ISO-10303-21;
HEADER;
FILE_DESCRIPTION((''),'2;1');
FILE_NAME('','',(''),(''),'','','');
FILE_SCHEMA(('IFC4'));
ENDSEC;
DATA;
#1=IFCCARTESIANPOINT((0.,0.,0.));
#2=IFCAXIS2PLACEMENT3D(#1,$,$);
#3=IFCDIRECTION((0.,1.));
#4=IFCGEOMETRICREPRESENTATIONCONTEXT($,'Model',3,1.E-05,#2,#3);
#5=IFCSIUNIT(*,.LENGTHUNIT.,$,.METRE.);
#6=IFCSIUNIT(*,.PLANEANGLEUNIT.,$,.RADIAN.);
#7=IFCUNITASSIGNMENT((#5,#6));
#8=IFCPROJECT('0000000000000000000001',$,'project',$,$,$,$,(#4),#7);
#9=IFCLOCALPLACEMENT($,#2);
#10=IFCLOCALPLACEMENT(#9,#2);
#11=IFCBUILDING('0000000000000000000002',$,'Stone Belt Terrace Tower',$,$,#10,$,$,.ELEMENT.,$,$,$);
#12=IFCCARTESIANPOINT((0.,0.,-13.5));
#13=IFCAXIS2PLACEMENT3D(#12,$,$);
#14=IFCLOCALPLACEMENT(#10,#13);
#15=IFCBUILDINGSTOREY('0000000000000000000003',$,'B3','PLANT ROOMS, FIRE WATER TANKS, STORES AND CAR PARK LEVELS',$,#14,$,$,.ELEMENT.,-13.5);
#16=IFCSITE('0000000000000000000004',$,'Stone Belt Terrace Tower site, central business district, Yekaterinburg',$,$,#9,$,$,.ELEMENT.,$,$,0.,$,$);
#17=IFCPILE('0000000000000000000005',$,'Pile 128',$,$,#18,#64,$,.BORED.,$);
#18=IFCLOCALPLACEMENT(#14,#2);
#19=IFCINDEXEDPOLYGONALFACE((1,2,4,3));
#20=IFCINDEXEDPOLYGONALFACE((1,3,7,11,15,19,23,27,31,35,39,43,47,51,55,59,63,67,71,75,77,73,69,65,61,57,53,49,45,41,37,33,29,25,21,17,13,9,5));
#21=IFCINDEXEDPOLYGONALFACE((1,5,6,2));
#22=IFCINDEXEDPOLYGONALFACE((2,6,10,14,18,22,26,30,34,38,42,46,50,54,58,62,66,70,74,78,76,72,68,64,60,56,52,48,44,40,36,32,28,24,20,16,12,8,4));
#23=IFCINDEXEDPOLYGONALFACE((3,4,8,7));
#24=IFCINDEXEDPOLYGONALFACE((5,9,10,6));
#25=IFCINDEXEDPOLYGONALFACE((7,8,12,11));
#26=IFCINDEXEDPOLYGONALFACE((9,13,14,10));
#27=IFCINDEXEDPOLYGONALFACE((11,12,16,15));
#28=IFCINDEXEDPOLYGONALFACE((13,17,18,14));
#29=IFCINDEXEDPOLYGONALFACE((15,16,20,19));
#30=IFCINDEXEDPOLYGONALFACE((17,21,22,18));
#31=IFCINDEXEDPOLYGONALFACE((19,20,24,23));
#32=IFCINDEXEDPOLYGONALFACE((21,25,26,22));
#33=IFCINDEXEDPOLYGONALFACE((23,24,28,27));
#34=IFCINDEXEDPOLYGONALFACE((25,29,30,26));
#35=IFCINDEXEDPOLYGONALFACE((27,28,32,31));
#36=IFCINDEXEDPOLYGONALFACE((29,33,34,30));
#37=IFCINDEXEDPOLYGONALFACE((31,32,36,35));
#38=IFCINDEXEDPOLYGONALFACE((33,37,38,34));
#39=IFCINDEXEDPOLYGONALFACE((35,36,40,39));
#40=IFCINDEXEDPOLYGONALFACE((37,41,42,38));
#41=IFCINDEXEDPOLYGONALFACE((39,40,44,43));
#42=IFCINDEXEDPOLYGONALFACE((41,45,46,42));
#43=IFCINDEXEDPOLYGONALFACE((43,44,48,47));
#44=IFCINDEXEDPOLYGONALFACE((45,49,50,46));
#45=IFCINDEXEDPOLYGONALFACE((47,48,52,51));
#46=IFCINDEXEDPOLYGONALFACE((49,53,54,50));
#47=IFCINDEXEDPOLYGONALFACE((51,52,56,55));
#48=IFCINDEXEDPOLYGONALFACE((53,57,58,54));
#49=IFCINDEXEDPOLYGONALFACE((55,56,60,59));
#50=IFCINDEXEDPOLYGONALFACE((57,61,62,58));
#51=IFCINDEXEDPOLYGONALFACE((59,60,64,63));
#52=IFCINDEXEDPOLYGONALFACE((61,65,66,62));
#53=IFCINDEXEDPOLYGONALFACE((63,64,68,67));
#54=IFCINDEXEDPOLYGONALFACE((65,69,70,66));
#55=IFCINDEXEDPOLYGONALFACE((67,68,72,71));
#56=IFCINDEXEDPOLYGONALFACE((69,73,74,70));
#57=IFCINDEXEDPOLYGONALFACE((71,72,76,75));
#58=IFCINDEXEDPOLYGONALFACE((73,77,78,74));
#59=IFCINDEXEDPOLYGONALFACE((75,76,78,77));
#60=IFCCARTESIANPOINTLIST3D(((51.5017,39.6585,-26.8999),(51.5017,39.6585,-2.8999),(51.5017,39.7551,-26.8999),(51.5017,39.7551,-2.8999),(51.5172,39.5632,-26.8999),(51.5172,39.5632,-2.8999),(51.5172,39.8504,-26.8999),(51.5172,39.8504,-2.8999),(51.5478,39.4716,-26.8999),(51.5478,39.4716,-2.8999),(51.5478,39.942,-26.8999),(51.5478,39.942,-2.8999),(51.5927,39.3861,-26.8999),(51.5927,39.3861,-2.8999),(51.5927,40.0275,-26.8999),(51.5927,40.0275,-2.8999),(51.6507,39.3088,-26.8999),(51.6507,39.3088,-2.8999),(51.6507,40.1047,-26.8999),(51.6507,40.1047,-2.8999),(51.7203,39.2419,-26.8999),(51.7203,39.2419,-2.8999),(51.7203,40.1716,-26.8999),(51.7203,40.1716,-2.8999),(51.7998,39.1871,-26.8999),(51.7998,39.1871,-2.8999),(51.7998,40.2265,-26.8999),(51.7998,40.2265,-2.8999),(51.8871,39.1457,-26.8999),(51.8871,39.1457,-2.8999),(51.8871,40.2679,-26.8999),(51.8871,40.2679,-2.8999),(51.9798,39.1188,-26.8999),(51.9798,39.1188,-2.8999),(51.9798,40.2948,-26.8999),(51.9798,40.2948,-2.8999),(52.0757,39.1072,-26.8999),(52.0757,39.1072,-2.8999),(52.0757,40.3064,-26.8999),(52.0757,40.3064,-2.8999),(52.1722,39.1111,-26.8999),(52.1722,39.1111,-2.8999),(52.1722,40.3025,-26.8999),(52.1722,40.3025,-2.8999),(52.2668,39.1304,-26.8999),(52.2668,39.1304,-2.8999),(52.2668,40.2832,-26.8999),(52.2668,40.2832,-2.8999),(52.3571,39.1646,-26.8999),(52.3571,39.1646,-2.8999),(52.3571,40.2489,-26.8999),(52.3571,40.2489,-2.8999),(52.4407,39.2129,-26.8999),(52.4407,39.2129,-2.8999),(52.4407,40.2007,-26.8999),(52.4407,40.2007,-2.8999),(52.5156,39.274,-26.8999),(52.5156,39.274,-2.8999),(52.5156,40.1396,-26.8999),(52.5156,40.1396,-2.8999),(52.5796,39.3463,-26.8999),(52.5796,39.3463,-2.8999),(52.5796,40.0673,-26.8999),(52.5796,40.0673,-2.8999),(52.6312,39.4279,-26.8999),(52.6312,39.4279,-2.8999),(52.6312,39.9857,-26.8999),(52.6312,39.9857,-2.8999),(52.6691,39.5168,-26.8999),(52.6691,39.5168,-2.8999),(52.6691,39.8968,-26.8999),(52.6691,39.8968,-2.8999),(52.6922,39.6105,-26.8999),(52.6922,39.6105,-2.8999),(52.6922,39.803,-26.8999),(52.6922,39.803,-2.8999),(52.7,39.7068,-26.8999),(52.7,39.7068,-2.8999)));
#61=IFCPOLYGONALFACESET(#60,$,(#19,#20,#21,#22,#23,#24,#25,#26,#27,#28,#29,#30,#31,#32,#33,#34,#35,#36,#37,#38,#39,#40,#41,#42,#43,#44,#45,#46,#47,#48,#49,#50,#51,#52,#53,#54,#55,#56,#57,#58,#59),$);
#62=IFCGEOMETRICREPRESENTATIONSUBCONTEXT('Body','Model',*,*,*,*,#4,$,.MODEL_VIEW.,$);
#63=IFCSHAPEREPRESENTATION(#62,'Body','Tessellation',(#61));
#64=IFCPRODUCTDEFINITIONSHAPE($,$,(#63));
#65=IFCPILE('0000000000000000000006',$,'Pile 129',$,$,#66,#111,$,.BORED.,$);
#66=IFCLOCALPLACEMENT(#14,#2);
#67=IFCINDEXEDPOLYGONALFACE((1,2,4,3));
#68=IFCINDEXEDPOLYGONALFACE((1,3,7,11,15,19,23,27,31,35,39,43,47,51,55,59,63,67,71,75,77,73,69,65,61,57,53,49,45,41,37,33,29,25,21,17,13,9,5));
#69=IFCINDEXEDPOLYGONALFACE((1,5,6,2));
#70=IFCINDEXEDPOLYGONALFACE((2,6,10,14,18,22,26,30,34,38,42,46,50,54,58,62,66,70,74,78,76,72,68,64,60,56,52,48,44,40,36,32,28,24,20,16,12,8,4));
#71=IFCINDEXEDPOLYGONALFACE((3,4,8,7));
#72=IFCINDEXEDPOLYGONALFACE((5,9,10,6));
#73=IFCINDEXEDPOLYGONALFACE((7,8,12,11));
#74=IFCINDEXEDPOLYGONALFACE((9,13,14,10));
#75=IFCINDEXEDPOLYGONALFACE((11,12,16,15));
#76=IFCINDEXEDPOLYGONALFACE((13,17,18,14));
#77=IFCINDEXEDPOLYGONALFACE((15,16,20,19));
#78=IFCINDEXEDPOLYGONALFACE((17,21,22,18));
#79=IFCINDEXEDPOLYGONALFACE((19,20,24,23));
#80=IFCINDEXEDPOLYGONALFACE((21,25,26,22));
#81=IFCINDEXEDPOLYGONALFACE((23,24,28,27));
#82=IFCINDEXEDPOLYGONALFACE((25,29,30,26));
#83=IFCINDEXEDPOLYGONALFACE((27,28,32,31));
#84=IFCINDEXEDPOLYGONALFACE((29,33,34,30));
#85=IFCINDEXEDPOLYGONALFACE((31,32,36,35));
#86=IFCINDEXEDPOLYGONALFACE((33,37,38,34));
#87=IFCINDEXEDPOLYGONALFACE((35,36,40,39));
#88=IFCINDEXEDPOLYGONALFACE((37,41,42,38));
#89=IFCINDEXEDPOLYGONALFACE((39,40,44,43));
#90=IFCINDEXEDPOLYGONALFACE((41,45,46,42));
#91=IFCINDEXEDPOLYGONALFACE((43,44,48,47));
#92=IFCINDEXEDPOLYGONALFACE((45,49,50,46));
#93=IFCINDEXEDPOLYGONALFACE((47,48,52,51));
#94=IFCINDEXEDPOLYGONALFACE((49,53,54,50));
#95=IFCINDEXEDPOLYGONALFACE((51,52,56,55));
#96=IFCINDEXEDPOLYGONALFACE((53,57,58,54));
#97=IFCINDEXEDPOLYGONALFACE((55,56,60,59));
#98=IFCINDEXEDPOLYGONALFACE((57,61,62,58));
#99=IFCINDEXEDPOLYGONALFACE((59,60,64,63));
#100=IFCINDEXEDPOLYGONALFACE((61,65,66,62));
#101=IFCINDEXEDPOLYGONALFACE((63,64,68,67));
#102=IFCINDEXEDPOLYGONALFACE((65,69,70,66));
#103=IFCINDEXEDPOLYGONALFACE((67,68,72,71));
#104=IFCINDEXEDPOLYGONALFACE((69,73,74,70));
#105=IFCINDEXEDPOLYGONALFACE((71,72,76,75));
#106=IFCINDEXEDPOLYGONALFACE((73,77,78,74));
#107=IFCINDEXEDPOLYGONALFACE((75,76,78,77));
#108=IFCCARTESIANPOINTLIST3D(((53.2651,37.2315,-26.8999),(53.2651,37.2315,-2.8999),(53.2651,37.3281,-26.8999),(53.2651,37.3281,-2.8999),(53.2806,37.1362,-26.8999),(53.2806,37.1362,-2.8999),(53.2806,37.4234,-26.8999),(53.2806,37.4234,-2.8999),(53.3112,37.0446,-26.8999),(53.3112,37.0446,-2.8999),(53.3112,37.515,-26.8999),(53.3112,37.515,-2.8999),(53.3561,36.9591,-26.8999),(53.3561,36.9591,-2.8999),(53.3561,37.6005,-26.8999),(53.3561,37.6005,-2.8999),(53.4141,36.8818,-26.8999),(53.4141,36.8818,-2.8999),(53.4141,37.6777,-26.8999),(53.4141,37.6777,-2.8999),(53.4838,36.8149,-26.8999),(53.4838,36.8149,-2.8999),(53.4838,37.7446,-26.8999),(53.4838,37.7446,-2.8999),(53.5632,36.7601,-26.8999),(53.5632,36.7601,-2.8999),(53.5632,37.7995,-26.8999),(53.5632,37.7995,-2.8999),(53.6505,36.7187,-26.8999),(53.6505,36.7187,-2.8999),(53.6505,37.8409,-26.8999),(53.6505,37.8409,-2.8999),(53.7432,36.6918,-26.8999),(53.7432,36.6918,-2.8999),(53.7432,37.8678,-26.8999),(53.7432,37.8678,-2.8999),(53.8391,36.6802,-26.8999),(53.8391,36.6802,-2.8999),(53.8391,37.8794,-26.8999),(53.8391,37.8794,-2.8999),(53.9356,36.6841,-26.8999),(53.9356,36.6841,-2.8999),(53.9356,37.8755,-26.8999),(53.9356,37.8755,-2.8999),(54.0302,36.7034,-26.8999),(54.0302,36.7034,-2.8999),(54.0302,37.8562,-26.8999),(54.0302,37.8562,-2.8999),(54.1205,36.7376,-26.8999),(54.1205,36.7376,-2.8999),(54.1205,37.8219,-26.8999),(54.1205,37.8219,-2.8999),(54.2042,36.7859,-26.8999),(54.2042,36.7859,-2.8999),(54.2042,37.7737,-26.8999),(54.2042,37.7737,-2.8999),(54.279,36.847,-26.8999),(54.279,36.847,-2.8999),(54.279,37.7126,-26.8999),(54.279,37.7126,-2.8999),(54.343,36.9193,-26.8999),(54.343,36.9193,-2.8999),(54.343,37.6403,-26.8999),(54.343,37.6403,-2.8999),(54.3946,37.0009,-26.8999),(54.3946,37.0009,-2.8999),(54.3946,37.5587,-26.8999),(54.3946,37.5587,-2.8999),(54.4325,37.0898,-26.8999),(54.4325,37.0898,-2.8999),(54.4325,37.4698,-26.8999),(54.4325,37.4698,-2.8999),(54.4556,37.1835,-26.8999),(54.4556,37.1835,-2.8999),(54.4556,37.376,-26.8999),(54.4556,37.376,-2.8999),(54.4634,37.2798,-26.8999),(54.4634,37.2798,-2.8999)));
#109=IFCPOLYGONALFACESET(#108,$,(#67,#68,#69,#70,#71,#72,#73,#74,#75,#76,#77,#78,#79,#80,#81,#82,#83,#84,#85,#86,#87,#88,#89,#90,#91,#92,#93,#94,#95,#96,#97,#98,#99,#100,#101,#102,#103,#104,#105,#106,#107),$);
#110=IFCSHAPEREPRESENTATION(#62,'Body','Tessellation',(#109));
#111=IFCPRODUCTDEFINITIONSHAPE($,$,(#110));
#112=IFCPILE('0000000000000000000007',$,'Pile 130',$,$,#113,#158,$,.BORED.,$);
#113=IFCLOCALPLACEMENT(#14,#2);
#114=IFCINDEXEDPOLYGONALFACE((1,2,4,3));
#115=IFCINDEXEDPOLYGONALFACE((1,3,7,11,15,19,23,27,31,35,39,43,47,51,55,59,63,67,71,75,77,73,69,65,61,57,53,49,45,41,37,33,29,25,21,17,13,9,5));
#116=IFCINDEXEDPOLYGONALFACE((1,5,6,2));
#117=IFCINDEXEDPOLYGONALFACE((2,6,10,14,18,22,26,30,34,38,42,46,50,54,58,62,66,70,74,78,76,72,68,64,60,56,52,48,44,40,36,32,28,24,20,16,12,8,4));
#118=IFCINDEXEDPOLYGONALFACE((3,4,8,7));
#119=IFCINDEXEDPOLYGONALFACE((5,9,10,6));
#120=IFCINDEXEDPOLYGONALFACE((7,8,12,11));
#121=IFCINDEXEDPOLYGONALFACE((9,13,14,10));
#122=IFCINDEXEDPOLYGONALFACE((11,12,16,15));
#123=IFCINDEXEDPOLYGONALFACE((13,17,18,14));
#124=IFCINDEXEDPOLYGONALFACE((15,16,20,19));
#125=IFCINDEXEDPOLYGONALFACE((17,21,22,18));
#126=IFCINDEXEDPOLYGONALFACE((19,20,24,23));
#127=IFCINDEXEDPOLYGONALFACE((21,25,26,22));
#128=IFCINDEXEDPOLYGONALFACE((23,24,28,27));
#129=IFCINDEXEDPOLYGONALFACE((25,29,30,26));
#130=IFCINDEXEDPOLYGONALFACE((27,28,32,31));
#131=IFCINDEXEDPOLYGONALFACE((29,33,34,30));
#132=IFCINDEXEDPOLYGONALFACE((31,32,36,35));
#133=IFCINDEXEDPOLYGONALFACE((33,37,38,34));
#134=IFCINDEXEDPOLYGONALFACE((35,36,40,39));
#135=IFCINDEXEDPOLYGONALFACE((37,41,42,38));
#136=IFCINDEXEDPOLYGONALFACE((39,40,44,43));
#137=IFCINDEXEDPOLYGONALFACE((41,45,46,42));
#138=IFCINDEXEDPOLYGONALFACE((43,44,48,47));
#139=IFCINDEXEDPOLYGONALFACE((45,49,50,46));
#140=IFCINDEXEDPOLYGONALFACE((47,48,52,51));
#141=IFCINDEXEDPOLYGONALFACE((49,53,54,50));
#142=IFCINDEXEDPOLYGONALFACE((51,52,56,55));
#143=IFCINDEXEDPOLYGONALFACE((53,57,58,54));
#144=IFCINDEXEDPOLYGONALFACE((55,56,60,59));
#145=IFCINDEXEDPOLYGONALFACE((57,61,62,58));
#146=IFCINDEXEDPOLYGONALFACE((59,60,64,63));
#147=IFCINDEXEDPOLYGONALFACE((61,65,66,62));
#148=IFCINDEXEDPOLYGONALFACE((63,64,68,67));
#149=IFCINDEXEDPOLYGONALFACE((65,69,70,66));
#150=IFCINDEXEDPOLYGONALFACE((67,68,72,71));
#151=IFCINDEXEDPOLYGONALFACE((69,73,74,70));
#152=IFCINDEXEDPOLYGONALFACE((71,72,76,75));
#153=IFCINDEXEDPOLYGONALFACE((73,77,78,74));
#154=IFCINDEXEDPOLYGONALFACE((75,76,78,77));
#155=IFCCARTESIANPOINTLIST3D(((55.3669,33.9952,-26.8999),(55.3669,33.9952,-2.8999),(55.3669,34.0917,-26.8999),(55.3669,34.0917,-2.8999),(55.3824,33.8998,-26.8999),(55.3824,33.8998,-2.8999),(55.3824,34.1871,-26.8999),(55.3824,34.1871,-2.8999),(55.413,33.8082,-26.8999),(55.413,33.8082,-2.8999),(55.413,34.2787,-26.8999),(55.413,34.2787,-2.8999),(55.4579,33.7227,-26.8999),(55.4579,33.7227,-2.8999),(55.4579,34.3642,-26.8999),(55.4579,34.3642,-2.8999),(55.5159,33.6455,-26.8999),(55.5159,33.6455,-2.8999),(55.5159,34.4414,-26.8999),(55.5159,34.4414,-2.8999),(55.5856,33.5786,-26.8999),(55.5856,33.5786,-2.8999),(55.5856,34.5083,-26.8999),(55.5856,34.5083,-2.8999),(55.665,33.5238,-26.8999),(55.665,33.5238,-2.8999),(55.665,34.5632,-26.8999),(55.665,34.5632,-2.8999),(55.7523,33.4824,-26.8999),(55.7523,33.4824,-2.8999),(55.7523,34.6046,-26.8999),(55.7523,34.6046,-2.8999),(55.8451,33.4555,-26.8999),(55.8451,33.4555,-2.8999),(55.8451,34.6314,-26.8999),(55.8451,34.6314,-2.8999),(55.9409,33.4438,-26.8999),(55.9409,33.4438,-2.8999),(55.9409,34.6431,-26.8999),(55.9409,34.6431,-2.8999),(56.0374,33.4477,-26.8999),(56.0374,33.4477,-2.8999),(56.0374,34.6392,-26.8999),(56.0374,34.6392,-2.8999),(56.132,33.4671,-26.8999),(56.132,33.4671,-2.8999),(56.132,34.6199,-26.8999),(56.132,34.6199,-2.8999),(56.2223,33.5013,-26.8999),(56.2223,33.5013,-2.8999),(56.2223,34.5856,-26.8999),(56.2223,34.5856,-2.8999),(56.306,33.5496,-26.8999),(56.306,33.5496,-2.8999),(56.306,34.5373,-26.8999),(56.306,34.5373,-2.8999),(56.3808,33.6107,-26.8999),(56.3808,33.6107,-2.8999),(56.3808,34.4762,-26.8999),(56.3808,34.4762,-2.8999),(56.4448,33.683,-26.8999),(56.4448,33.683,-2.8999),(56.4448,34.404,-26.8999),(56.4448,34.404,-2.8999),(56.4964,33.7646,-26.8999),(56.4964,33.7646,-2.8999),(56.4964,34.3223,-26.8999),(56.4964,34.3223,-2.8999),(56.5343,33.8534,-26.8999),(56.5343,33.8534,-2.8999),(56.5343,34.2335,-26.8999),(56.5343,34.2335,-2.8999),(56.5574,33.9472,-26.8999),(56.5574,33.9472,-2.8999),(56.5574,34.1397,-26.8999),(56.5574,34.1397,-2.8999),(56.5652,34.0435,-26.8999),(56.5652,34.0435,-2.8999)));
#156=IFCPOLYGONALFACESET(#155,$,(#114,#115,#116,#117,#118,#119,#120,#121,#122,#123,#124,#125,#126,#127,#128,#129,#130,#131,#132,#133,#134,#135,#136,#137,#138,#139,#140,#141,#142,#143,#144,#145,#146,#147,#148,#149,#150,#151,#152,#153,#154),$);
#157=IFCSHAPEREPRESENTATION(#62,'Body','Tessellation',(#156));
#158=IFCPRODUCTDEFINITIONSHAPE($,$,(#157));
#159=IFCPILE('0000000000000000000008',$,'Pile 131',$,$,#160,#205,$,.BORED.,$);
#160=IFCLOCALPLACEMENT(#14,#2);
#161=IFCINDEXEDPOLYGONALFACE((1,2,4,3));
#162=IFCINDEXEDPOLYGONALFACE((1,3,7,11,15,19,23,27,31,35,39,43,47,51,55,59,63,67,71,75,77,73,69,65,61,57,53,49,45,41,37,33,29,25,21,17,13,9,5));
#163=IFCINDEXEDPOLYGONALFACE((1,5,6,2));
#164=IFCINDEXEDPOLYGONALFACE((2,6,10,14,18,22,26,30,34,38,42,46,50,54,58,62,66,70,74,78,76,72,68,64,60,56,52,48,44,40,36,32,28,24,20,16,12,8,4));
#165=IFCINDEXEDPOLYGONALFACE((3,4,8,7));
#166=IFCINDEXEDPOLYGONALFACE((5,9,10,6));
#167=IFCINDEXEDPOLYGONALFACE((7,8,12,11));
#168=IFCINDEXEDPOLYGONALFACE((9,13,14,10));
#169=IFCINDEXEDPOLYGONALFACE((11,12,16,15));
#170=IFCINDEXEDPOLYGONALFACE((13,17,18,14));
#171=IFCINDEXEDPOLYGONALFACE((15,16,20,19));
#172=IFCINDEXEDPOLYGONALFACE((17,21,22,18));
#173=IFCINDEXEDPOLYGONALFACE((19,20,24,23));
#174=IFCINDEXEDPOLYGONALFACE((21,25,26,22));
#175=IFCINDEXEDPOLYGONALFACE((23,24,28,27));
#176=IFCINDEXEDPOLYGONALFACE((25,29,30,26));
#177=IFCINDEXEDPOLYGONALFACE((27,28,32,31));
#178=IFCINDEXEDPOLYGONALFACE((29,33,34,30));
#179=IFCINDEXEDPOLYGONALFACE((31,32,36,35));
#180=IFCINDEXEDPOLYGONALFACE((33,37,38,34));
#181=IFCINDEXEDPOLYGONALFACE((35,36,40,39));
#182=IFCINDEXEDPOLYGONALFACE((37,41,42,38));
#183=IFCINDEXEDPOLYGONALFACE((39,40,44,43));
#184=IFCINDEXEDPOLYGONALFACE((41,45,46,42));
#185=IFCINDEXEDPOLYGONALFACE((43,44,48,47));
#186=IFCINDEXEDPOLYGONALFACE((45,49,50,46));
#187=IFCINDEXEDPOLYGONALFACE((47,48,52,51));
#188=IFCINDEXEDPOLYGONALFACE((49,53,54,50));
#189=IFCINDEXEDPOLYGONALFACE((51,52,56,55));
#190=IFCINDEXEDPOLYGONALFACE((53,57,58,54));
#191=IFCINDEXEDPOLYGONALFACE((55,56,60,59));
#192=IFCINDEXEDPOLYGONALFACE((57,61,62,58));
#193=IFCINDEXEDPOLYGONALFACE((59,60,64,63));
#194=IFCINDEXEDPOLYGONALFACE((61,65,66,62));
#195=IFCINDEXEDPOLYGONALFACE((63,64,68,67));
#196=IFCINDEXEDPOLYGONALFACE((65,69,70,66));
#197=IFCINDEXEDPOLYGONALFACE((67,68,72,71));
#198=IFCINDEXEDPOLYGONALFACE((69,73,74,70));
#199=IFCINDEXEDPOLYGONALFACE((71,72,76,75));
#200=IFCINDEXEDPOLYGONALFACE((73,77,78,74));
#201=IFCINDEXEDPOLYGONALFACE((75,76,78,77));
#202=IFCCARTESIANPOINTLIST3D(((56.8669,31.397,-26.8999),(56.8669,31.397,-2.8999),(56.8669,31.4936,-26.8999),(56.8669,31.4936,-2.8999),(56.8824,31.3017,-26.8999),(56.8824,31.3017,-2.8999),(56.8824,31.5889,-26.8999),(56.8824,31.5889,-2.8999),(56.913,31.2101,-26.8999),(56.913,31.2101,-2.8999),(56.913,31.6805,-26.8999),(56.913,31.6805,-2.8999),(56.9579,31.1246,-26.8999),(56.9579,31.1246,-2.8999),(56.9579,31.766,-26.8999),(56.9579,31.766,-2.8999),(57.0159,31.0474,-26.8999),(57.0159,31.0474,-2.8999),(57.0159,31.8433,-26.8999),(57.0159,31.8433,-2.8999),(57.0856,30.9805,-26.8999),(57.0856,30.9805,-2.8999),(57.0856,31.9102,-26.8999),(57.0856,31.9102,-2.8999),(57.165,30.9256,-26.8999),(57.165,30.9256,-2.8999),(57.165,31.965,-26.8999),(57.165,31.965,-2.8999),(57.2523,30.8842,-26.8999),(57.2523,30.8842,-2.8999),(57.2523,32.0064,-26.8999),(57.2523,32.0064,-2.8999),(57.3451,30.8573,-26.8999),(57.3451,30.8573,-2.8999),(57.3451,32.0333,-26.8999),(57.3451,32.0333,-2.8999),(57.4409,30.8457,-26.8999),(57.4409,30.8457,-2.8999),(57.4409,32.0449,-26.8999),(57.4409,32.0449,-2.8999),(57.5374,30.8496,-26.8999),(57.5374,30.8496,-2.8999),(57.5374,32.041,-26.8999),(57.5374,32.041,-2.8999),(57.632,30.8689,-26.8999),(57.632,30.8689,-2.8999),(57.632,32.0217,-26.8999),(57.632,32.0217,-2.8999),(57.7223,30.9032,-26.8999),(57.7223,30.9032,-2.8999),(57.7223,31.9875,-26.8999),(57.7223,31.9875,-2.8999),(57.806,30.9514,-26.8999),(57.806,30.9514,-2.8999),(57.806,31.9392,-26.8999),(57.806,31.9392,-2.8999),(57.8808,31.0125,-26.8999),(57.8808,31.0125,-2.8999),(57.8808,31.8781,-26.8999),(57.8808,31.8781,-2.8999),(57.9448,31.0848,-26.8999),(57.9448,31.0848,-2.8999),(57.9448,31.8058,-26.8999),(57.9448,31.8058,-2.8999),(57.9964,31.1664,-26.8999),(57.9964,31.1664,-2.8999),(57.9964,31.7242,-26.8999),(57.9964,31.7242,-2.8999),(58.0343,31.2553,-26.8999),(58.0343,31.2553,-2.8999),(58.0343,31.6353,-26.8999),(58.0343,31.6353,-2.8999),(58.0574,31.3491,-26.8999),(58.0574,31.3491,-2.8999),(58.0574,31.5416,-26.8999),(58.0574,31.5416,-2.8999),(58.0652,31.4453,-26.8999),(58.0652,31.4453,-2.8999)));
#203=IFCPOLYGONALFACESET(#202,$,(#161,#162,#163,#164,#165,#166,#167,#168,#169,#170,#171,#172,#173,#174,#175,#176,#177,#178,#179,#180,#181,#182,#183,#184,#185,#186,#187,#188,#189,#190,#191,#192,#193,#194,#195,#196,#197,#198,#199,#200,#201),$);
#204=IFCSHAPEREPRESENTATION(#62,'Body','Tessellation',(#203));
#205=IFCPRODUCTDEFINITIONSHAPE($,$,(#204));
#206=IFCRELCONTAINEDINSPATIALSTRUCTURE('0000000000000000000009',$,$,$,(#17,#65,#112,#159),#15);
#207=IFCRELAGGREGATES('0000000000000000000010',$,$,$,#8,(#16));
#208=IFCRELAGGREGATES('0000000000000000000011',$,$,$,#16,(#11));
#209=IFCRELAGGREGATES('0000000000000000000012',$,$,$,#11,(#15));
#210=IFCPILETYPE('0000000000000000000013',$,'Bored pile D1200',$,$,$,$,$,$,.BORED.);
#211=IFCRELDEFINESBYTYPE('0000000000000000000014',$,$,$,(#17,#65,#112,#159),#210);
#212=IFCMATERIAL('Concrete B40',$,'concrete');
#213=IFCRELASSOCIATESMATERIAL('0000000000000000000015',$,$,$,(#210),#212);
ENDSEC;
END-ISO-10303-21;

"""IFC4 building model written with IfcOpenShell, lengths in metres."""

from ifc_helpers import new_model, si_unit, direction, frame, origin, origin_2d, place, context, subcontext, project, spatial, circle, extrude, material, material_profile, profile_set, type_object, element, save


model = new_model("IFC4")

# Units and contexts
model_context = context("Model", 3, precision=1e-05, world=origin(), true_north=direction((0.0, 1.0)))
body_context = subcontext(model_context, "Body", "Model", "MODEL_VIEW")
ifc_project = project(units=[si_unit("LENGTHUNIT", "METRE"), si_unit("PLANEANGLEUNIT", "RADIAN")], contexts=[model_context])

# Site, building, storey
site_placement = place(None, origin())
site = spatial("IfcSite", under=ifc_project, at=site_placement, Name="Stone Belt Terrace Tower site, central business district, Yekaterinburg", CompositionType="ELEMENT", RefElevation=0.0)
building_placement = place(site_placement, origin())
building = spatial("IfcBuilding", under=site, at=building_placement, Name="Stone Belt Terrace Tower", CompositionType="ELEMENT")
storey_placement = place(building_placement, frame((0.0, 0.0, -13.5)))
storey = spatial("IfcBuildingStorey", under=building, at=storey_placement, Name="B3", Description="PLANT ROOMS, FIRE WATER TANKS, STORES AND CAR PARK LEVELS", CompositionType="ELEMENT", Elevation=-13.5)

# Piles
ifc_material_1 = material(Name="Concrete B40", Category="concrete")
ifc_material_profile_1 = material_profile(ifc_material_1, circle(Radius=0.6001, at=origin_2d()), Name="PILE D1200")
ifc_profile_set_1 = profile_set([ifc_material_profile_1], Name="Concrete B40")
pile_type = type_object("IfcPileType", Name="Bored pile D1200", PredefinedType="BORED", material=ifc_profile_set_1)
for number, where, z_axis, x_axis, name in (
    (1, (52.0999, 39.7068, -2.8999), (0.0, 0.0, -1.0), (1.0, 0.0, 0.0), "Pile 128"),
    (2, (53.8633, 37.2798, -2.8999), (0.0, 0.0, -1.0), (1.0, 0.0, 0.0), "Pile 129"),
    (3, (55.9651, 34.0435, -2.8999), (0.0, 0.0, -1.0), (1.0, 0.0, 0.0), "Pile 130"),
    (4, (57.4651, 31.4453, -2.8999), (0.0, 0.0, -1.0), (1.0, 0.0, 0.0), "Pile 131"),
):
    element("IfcPile", number, at=place(storey_placement, frame(where, z_axis=z_axis, x_axis=x_axis)), inside=storey, type_object=pile_type, Name=name, PredefinedType="BORED", context=body_context, shape_type="SweptSolid", body=[
        extrude(circle(Radius=0.6001, at=origin_2d()), origin(), (0.0, 0.0, 1.0), 24.0),
    ])

save(model, "model.ifc")
